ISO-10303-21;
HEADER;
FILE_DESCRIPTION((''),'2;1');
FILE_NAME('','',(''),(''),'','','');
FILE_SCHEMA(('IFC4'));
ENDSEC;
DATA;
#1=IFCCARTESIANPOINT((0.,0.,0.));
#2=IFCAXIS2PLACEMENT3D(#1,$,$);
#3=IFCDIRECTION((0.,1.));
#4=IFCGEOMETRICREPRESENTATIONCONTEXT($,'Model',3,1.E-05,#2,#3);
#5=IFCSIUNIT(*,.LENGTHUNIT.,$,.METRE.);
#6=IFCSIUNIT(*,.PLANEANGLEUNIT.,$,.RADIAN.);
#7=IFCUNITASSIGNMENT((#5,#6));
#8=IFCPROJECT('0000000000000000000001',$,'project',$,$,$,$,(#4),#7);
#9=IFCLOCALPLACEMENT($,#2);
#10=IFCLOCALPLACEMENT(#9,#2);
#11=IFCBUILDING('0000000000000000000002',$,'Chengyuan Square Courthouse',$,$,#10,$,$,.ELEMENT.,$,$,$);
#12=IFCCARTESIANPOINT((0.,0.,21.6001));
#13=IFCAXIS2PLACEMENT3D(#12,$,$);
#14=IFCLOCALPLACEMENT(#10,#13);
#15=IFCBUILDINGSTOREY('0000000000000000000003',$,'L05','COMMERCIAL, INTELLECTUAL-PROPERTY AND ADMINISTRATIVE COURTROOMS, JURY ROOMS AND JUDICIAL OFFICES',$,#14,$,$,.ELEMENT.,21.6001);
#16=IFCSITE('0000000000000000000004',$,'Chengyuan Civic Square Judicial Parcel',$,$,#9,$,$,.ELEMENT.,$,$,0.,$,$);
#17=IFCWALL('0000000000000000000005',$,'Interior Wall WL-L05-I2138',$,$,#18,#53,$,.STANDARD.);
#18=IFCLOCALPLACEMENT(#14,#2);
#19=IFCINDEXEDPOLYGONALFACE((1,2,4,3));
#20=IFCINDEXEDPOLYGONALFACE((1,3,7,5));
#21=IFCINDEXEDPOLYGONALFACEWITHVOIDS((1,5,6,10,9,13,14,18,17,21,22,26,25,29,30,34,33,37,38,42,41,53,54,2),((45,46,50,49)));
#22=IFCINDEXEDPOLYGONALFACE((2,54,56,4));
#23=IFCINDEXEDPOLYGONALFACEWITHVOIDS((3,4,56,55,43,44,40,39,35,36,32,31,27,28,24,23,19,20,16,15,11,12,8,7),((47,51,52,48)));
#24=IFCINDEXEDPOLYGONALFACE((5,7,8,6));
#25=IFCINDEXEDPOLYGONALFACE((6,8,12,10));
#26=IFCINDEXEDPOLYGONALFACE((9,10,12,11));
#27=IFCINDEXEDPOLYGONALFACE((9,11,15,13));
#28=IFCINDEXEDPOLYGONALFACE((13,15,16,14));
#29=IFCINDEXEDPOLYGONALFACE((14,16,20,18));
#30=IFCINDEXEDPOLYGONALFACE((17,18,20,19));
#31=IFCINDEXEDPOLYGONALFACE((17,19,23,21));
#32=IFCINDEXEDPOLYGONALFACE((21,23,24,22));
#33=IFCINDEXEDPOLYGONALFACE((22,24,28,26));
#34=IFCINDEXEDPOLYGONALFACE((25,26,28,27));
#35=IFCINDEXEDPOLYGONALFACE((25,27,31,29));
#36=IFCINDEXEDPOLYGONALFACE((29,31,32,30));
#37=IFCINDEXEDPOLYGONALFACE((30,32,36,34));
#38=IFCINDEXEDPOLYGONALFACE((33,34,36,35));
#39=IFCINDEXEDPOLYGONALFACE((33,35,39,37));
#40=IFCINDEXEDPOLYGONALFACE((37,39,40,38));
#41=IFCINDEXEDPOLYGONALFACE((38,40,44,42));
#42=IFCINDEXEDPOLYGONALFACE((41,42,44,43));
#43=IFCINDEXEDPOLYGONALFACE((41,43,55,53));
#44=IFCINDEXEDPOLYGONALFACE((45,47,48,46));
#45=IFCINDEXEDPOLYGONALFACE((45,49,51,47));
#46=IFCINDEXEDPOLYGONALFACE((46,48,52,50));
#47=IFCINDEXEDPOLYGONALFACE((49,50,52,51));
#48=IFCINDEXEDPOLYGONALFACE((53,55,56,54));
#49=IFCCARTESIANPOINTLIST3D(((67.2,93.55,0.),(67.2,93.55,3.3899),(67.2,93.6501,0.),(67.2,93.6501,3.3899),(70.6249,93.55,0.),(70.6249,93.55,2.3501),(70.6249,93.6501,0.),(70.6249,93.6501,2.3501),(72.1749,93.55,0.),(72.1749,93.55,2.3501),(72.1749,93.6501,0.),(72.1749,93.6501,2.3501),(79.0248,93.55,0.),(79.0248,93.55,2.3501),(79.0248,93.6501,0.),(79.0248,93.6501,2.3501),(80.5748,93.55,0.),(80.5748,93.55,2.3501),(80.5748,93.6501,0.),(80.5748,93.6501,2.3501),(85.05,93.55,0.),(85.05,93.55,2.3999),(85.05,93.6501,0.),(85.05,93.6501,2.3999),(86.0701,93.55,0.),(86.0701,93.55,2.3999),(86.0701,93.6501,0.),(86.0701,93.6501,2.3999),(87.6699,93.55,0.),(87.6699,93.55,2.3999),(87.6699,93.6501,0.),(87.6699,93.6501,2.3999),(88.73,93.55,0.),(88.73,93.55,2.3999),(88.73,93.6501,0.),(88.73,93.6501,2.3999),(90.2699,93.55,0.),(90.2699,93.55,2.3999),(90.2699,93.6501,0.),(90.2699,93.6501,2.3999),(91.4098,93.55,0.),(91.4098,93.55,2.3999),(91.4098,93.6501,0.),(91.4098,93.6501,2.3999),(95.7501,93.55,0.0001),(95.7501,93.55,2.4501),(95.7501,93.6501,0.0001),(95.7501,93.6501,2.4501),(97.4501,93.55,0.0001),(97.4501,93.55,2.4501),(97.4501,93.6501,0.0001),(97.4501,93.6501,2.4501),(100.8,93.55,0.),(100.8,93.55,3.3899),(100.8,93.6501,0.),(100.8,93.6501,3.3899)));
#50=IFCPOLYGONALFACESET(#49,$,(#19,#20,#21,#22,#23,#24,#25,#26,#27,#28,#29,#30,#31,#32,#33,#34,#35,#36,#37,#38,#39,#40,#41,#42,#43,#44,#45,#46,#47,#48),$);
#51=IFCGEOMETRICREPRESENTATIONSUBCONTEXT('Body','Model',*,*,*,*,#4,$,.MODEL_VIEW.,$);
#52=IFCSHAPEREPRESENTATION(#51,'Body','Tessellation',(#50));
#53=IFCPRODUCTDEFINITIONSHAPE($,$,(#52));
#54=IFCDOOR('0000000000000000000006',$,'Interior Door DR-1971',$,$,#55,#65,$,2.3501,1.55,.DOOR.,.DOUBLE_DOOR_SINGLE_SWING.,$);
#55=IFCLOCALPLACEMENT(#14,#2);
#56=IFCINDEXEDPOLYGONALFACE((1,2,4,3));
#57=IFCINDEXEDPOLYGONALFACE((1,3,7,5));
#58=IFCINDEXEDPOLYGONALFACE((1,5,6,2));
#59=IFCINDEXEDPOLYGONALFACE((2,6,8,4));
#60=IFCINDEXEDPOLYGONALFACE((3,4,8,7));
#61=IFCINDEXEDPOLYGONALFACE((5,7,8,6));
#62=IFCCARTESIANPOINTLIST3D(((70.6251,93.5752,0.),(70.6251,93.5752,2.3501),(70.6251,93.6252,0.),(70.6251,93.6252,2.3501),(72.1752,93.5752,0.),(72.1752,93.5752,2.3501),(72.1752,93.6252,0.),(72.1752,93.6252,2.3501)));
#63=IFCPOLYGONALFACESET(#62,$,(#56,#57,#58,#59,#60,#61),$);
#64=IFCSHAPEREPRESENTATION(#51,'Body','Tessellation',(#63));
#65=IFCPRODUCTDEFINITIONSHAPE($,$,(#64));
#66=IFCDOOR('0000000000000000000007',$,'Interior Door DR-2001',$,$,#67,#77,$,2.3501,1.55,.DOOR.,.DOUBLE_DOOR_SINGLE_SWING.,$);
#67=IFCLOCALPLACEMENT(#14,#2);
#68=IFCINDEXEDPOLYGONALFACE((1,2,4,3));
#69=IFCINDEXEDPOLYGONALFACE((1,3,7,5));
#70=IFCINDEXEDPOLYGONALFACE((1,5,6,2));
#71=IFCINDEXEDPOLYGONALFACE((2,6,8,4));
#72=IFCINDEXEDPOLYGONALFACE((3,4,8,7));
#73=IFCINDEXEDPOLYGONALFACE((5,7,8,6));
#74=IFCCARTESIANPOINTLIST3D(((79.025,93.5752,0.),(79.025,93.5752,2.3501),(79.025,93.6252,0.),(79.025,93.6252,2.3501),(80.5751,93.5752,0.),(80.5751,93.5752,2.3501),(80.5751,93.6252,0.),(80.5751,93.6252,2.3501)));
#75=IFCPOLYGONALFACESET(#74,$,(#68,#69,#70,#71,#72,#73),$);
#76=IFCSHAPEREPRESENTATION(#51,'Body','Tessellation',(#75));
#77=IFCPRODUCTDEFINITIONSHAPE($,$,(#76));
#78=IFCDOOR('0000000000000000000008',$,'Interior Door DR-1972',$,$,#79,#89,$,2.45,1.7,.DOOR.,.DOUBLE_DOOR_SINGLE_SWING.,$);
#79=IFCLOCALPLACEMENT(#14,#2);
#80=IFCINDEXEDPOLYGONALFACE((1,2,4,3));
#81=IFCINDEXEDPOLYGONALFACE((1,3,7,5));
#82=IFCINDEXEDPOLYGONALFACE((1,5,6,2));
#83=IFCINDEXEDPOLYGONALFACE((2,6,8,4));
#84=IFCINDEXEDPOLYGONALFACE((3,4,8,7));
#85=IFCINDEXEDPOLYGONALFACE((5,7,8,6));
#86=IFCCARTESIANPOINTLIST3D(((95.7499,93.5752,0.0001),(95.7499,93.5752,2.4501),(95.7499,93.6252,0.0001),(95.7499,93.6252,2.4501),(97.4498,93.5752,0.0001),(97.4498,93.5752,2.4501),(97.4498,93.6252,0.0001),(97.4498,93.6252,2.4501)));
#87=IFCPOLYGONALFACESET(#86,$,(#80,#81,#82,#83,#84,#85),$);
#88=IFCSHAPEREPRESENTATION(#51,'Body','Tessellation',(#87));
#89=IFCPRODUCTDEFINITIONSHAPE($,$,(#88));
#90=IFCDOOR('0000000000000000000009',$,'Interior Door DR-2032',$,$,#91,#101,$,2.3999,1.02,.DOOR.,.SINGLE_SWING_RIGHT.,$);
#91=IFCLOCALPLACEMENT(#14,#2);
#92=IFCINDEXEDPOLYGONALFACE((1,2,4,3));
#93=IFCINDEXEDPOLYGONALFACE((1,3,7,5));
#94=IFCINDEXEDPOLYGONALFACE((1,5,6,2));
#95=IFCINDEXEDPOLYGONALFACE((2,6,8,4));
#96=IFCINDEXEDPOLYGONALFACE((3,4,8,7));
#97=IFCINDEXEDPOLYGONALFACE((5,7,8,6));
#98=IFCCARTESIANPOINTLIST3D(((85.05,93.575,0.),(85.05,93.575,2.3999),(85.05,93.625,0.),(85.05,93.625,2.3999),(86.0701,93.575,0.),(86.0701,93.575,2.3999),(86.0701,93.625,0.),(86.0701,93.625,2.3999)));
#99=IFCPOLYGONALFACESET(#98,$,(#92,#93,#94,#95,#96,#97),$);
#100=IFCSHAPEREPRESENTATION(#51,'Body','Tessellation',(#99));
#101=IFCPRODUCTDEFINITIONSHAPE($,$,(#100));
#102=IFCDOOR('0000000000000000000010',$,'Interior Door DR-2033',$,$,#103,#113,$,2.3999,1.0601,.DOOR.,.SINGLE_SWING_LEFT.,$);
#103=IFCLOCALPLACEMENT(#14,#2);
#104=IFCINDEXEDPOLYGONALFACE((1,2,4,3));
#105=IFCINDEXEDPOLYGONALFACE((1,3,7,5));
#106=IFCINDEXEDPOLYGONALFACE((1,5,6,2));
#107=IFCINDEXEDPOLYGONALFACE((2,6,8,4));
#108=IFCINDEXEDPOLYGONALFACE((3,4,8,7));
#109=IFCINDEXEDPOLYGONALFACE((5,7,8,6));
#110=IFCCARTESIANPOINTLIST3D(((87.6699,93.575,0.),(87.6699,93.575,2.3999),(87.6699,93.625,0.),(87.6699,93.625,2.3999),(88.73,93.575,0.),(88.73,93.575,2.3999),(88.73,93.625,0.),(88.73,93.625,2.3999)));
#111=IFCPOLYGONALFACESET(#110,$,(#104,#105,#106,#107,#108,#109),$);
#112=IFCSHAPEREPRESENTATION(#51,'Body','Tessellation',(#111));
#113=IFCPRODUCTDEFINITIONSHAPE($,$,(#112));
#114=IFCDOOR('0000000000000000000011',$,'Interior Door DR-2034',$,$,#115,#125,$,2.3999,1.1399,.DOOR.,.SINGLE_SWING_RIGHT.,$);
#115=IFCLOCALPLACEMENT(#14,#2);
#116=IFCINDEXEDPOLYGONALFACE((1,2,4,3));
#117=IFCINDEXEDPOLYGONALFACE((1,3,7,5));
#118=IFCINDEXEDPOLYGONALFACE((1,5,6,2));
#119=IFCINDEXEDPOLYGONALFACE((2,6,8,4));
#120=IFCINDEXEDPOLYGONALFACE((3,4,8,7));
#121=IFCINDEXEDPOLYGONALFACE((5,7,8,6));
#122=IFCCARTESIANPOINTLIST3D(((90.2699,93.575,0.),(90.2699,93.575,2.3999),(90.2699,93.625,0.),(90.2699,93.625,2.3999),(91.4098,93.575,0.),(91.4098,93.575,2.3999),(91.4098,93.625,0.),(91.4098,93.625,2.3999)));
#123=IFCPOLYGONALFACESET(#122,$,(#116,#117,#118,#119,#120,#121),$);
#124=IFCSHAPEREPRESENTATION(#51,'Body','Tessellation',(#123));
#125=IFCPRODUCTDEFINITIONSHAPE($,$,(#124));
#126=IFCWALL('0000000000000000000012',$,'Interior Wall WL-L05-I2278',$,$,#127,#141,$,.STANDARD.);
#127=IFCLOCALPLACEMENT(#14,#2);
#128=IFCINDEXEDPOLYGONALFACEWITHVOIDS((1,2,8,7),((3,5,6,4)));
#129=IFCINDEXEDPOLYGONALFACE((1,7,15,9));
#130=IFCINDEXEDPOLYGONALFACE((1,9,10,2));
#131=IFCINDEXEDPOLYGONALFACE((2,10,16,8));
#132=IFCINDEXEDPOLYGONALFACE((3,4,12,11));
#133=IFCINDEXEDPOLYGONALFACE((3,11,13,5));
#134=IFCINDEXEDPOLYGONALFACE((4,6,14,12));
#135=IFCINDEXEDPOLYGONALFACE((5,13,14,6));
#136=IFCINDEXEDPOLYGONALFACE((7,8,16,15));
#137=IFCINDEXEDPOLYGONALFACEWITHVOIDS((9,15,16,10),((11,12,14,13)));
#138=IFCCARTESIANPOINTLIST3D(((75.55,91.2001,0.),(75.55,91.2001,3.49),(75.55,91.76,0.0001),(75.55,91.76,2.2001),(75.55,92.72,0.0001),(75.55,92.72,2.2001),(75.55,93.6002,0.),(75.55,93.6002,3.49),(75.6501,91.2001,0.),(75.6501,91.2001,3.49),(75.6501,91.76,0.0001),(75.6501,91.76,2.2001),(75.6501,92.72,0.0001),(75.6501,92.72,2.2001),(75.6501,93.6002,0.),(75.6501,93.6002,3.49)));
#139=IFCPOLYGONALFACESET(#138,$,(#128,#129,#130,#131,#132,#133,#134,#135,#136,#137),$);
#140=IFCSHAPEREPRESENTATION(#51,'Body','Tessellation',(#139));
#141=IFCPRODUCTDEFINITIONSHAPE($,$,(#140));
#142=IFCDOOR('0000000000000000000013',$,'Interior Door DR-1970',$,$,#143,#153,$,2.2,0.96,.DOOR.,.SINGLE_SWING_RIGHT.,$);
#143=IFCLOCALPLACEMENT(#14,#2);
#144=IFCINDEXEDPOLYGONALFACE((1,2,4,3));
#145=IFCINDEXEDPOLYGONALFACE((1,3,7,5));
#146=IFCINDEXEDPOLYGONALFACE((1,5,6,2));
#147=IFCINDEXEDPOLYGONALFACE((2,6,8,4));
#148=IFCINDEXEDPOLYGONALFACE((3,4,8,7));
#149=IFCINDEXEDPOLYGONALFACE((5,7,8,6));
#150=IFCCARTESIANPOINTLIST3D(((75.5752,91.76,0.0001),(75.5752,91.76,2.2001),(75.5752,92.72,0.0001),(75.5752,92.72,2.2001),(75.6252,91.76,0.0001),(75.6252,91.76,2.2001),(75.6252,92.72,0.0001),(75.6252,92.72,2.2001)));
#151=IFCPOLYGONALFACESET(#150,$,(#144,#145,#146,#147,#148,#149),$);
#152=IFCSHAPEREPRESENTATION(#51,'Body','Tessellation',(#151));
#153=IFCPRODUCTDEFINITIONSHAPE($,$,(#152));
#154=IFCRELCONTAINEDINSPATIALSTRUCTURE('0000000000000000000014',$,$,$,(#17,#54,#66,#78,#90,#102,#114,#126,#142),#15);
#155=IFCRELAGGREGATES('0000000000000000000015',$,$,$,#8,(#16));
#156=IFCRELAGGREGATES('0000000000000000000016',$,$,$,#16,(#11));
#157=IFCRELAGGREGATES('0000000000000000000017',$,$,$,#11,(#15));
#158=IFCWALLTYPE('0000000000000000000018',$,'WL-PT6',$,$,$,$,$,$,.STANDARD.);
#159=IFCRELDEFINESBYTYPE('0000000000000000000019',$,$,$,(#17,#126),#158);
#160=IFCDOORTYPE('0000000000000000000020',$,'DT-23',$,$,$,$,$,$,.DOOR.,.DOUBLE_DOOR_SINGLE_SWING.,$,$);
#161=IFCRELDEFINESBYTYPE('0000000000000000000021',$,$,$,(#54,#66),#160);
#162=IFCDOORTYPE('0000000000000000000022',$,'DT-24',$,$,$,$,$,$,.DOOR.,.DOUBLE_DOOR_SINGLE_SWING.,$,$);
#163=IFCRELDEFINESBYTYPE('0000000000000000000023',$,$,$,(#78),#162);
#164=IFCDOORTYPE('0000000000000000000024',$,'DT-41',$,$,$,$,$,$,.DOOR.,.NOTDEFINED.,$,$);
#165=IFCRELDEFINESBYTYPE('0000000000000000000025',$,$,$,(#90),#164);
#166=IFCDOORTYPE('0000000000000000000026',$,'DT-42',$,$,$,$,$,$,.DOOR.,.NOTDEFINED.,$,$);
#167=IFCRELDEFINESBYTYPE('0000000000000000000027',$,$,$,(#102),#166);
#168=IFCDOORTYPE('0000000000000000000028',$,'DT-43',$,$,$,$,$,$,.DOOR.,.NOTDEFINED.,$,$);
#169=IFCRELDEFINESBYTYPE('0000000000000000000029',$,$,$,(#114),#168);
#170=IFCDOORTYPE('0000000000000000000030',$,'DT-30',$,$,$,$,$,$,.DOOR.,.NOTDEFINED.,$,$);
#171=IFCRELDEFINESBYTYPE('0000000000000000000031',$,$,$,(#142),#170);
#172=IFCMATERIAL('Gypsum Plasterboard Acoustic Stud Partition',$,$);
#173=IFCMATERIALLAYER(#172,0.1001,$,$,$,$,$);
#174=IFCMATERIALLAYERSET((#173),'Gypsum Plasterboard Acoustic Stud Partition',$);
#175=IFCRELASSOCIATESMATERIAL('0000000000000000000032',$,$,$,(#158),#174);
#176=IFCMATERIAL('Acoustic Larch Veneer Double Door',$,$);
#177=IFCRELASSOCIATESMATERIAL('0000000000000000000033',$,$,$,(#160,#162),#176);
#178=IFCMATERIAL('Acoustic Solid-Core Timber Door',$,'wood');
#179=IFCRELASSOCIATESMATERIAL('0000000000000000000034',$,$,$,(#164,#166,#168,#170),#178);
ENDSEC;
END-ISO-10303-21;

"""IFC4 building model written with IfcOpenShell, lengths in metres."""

from ifc_helpers import new_model, si_unit, direction, frame, frame_2d, origin, place, context, subcontext, project, spatial, rectangle, extrude, material, layer, layer_set, type_object, element, fill, save


model = new_model("IFC4")

# Units and contexts
model_context = context("Model", 3, precision=1e-05, world=origin(), true_north=direction((0.0, 1.0)))
body_context = subcontext(model_context, "Body", "Model", "MODEL_VIEW")
ifc_project = project(units=[si_unit("LENGTHUNIT", "METRE"), si_unit("PLANEANGLEUNIT", "RADIAN")], contexts=[model_context])

# Site, building, storey
site_placement = place(None, origin())
site = spatial("IfcSite", under=ifc_project, at=site_placement, Name="Chengyuan Civic Square Judicial Parcel", CompositionType="ELEMENT", RefElevation=0.0)
building_placement = place(site_placement, origin())
building = spatial("IfcBuilding", under=site, at=building_placement, Name="Chengyuan Square Courthouse", CompositionType="ELEMENT")
storey_placement = place(building_placement, frame((0.0, 0.0, 21.6001)))
storey = spatial("IfcBuildingStorey", under=building, at=storey_placement, Name="L05", Description="COMMERCIAL, INTELLECTUAL-PROPERTY AND ADMINISTRATIVE COURTROOMS, JURY ROOMS AND JUDICIAL OFFICES", CompositionType="ELEMENT", Elevation=21.6001)

# Shared definitions
ifc_material_1 = material(Name="Acoustic Solid-Core Timber Door", Category="wood")

# Wall, openings, doors
ifc_material_2 = material(Name="Gypsum Plasterboard Acoustic Stud Partition")
ifc_layer_1 = layer(ifc_material_2, 0.1001)
ifc_layer_set_1 = layer_set([ifc_layer_1], Name="Gypsum Plasterboard Acoustic Stud Partition")
wall_type_1 = type_object("IfcWallType", Name="WL-PT6", PredefinedType="STANDARD", material=ifc_layer_set_1)
wall_1_placement = place(storey_placement, frame((67.2, 93.6001, 0.0), z_axis=(0.0, 0.0, 1.0), x_axis=(1.0, 0.0, 0.0)))
wall_1 = element("IfcWall", 1, at=wall_1_placement, inside=storey, type_object=wall_type_1, Name="Interior Wall WL-L05-I2138", PredefinedType="STANDARD", context=body_context, shape_type="SweptSolid", body=[
    extrude(rectangle(XDim=33.6001, YDim=0.1001, at=frame_2d((16.8, 0.0))), origin(), (0.0, 0.0, 1.0), 3.3899),
])
opening_1_placement = place(wall_1_placement, frame((3.425, 0.0, 0.0)))
opening_1 = element("IfcOpeningElement", 2, at=opening_1_placement, cuts=wall_1, PredefinedType="OPENING", context=body_context, shape_type="SweptSolid", body=[
    extrude(rectangle(XDim=1.55, YDim=2.3501, at=frame_2d((0.7749, 1.175))), frame((0.0, 0.062, 0.0), z_axis=(0.0, -1.0, 0.0), x_axis=(1.0, 0.0, 0.0)), (0.0, 0.0, 1.0), 0.124),
])
opening_2_placement = place(wall_1_placement, frame((28.55, 0.0, 0.0)))
opening_2 = element("IfcOpeningElement", 3, at=opening_2_placement, cuts=wall_1, PredefinedType="OPENING", context=body_context, shape_type="SweptSolid", body=[
    extrude(rectangle(XDim=1.7, YDim=2.45, at=frame_2d((0.8501, 1.2251))), frame((0.0, 0.062, 0.0), z_axis=(0.0, -1.0, 0.0), x_axis=(1.0, 0.0, 0.0)), (0.0, 0.0, 1.0), 0.124),
])
opening_3_placement = place(wall_1_placement, frame((11.825, 0.0, 0.0)))
opening_3 = element("IfcOpeningElement", 4, at=opening_3_placement, cuts=wall_1, PredefinedType="OPENING", context=body_context, shape_type="SweptSolid", body=[
    extrude(rectangle(XDim=1.55, YDim=2.3501, at=frame_2d((0.7749, 1.175))), frame((0.0, 0.062, 0.0), z_axis=(0.0, -1.0, 0.0), x_axis=(1.0, 0.0, 0.0)), (0.0, 0.0, 1.0), 0.124),
])
opening_4_placement = place(wall_1_placement, frame((17.8501, 0.0, 0.0)))
opening_4 = element("IfcOpeningElement", 5, at=opening_4_placement, cuts=wall_1, PredefinedType="OPENING", context=body_context, shape_type="SweptSolid", body=[
    extrude(rectangle(XDim=1.02, YDim=2.3999, at=frame_2d((0.51, 1.2))), frame((0.0, 0.062, 0.0), z_axis=(0.0, -1.0, 0.0), x_axis=(1.0, 0.0, 0.0)), (0.0, 0.0, 1.0), 0.124),
])
opening_5_placement = place(wall_1_placement, frame((20.47, 0.0, 0.0)))
opening_5 = element("IfcOpeningElement", 6, at=opening_5_placement, cuts=wall_1, PredefinedType="OPENING", context=body_context, shape_type="SweptSolid", body=[
    extrude(rectangle(XDim=1.0601, YDim=2.3999, at=frame_2d((0.53, 1.2))), frame((0.0, 0.062, 0.0), z_axis=(0.0, -1.0, 0.0), x_axis=(1.0, 0.0, 0.0)), (0.0, 0.0, 1.0), 0.124),
])
opening_6_placement = place(wall_1_placement, frame((23.0701, 0.0, 0.0)))
opening_6 = element("IfcOpeningElement", 7, at=opening_6_placement, cuts=wall_1, PredefinedType="OPENING", context=body_context, shape_type="SweptSolid", body=[
    extrude(rectangle(XDim=1.1399, YDim=2.3999, at=frame_2d((0.5698, 1.2))), frame((0.0, 0.062, 0.0), z_axis=(0.0, -1.0, 0.0), x_axis=(1.0, 0.0, 0.0)), (0.0, 0.0, 1.0), 0.124),
])
ifc_material_3 = material(Name="Acoustic Larch Veneer Double Door")
door_type_1 = type_object("IfcDoorType", Name="DT-23", OperationType="DOUBLE_DOOR_SINGLE_SWING", PredefinedType="DOOR", material=ifc_material_3)
door_1_placement = place(opening_1_placement, frame((1.55, 0.0, 0.0), z_axis=(0.0, 0.0, 1.0), x_axis=(-1.0, 0.0, 0.0)))
door_1 = element("IfcDoor", 8, at=door_1_placement, inside=storey, type_object=door_type_1, Name="Interior Door DR-1971", OperationType="DOUBLE_DOOR_SINGLE_SWING", OverallHeight=2.3501, OverallWidth=1.55, PredefinedType="DOOR", context=body_context, shape_type="SweptSolid", body=[
    extrude(rectangle(XDim=1.55, YDim=2.3501, at=frame_2d((0.7749, 1.175))), frame((0.0, 0.0249, 0.0), z_axis=(0.0, -1.0, 0.0), x_axis=(1.0, 0.0, 0.0)), (0.0, 0.0, 1.0), 0.05),
])
fill(opening_1, door_1)
door_2_placement = place(opening_3_placement, frame((1.55, 0.0, 0.0), z_axis=(0.0, 0.0, 1.0), x_axis=(-1.0, 0.0, 0.0)))
door_2 = element("IfcDoor", 9, at=door_2_placement, inside=storey, type_object=door_type_1, Name="Interior Door DR-2001", OperationType="DOUBLE_DOOR_SINGLE_SWING", OverallHeight=2.3501, OverallWidth=1.55, PredefinedType="DOOR", context=body_context, shape_type="SweptSolid", body=[
    extrude(rectangle(XDim=1.55, YDim=2.3501, at=frame_2d((0.7749, 1.175))), frame((0.0, 0.0249, 0.0), z_axis=(0.0, -1.0, 0.0), x_axis=(1.0, 0.0, 0.0)), (0.0, 0.0, 1.0), 0.05),
])
fill(opening_3, door_2)
door_type_2 = type_object("IfcDoorType", Name="DT-24", OperationType="DOUBLE_DOOR_SINGLE_SWING", PredefinedType="DOOR", material=ifc_material_3)
door_3_placement = place(opening_2_placement, frame((1.7, 0.0, 0.0), z_axis=(0.0, 0.0, 1.0), x_axis=(-1.0, 0.0, 0.0)))
door_3 = element("IfcDoor", 10, at=door_3_placement, inside=storey, type_object=door_type_2, Name="Interior Door DR-1972", OperationType="DOUBLE_DOOR_SINGLE_SWING", OverallHeight=2.45, OverallWidth=1.7, PredefinedType="DOOR", context=body_context, shape_type="SweptSolid", body=[
    extrude(rectangle(XDim=1.7, YDim=2.45, at=frame_2d((0.8501, 1.2251))), frame((0.0, 0.0249, 0.0), z_axis=(0.0, -1.0, 0.0), x_axis=(1.0, 0.0, 0.0)), (0.0, 0.0, 1.0), 0.05),
])
fill(opening_2, door_3)
door_type_3 = type_object("IfcDoorType", Name="DT-41", OperationType="NOTDEFINED", PredefinedType="DOOR", material=ifc_material_1)
door_4_placement = place(opening_4_placement, origin())
door_4 = element("IfcDoor", 11, at=door_4_placement, inside=storey, type_object=door_type_3, Name="Interior Door DR-2032", OperationType="SINGLE_SWING_RIGHT", OverallHeight=2.3999, OverallWidth=1.02, PredefinedType="DOOR", context=body_context, shape_type="SweptSolid", body=[
    extrude(rectangle(XDim=1.02, YDim=2.3999, at=frame_2d((0.51, 1.2))), frame((0.0, 0.0249, 0.0), z_axis=(0.0, -1.0, 0.0), x_axis=(1.0, 0.0, 0.0)), (0.0, 0.0, 1.0), 0.05),
])
fill(opening_4, door_4)
door_type_4 = type_object("IfcDoorType", Name="DT-42", OperationType="NOTDEFINED", PredefinedType="DOOR", material=ifc_material_1)
door_5_placement = place(opening_5_placement, origin())
door_5 = element("IfcDoor", 12, at=door_5_placement, inside=storey, type_object=door_type_4, Name="Interior Door DR-2033", OperationType="SINGLE_SWING_LEFT", OverallHeight=2.3999, OverallWidth=1.0601, PredefinedType="DOOR", context=body_context, shape_type="SweptSolid", body=[
    extrude(rectangle(XDim=1.0601, YDim=2.3999, at=frame_2d((0.53, 1.2))), frame((0.0, 0.0249, 0.0), z_axis=(0.0, -1.0, 0.0), x_axis=(1.0, 0.0, 0.0)), (0.0, 0.0, 1.0), 0.05),
])
fill(opening_5, door_5)
door_type_5 = type_object("IfcDoorType", Name="DT-43", OperationType="NOTDEFINED", PredefinedType="DOOR", material=ifc_material_1)
door_6_placement = place(opening_6_placement, origin())
door_6 = element("IfcDoor", 13, at=door_6_placement, inside=storey, type_object=door_type_5, Name="Interior Door DR-2034", OperationType="SINGLE_SWING_RIGHT", OverallHeight=2.3999, OverallWidth=1.1399, PredefinedType="DOOR", context=body_context, shape_type="SweptSolid", body=[
    extrude(rectangle(XDim=1.1399, YDim=2.3999, at=frame_2d((0.5698, 1.2))), frame((0.0, 0.0249, 0.0), z_axis=(0.0, -1.0, 0.0), x_axis=(1.0, 0.0, 0.0)), (0.0, 0.0, 1.0), 0.05),
])
fill(opening_6, door_6)

# Wall, opening, door
wall_2_placement = place(storey_placement, frame((75.6001, 91.2, 0.0), z_axis=(0.0, 0.0, 1.0), x_axis=(0.0, 1.0, 0.0)))
wall_2 = element("IfcWall", 14, at=wall_2_placement, inside=storey, type_object=wall_type_1, Name="Interior Wall WL-L05-I2278", PredefinedType="STANDARD", context=body_context, shape_type="SweptSolid", body=[
    extrude(rectangle(XDim=2.4001, YDim=0.1001, at=frame_2d((1.2002, 0.0))), origin(), (0.0, 0.0, 1.0), 3.49),
])
opening_7_placement = place(wall_2_placement, frame((0.5601, 0.0, 0.0)))
opening_7 = element("IfcOpeningElement", 15, at=opening_7_placement, cuts=wall_2, PredefinedType="OPENING", context=body_context, shape_type="SweptSolid", body=[
    extrude(rectangle(XDim=0.96, YDim=2.2, at=frame_2d((0.48, 1.1001))), frame((0.0, 0.062, 0.0), z_axis=(0.0, -1.0, 0.0), x_axis=(1.0, 0.0, 0.0)), (0.0, 0.0, 1.0), 0.124),
])
door_type_6 = type_object("IfcDoorType", Name="DT-30", OperationType="NOTDEFINED", PredefinedType="DOOR", material=ifc_material_1)
door_7_placement = place(opening_7_placement, origin())
door_7 = element("IfcDoor", 16, at=door_7_placement, inside=storey, type_object=door_type_6, Name="Interior Door DR-1970", OperationType="SINGLE_SWING_RIGHT", OverallHeight=2.2, OverallWidth=0.96, PredefinedType="DOOR", context=body_context, shape_type="SweptSolid", body=[
    extrude(rectangle(XDim=0.96, YDim=2.2, at=frame_2d((0.48, 1.1001))), frame((0.0, 0.0249, 0.0), z_axis=(0.0, -1.0, 0.0), x_axis=(1.0, 0.0, 0.0)), (0.0, 0.0, 1.0), 0.05),
])
fill(opening_7, door_7)

save(model, "model.ifc")
